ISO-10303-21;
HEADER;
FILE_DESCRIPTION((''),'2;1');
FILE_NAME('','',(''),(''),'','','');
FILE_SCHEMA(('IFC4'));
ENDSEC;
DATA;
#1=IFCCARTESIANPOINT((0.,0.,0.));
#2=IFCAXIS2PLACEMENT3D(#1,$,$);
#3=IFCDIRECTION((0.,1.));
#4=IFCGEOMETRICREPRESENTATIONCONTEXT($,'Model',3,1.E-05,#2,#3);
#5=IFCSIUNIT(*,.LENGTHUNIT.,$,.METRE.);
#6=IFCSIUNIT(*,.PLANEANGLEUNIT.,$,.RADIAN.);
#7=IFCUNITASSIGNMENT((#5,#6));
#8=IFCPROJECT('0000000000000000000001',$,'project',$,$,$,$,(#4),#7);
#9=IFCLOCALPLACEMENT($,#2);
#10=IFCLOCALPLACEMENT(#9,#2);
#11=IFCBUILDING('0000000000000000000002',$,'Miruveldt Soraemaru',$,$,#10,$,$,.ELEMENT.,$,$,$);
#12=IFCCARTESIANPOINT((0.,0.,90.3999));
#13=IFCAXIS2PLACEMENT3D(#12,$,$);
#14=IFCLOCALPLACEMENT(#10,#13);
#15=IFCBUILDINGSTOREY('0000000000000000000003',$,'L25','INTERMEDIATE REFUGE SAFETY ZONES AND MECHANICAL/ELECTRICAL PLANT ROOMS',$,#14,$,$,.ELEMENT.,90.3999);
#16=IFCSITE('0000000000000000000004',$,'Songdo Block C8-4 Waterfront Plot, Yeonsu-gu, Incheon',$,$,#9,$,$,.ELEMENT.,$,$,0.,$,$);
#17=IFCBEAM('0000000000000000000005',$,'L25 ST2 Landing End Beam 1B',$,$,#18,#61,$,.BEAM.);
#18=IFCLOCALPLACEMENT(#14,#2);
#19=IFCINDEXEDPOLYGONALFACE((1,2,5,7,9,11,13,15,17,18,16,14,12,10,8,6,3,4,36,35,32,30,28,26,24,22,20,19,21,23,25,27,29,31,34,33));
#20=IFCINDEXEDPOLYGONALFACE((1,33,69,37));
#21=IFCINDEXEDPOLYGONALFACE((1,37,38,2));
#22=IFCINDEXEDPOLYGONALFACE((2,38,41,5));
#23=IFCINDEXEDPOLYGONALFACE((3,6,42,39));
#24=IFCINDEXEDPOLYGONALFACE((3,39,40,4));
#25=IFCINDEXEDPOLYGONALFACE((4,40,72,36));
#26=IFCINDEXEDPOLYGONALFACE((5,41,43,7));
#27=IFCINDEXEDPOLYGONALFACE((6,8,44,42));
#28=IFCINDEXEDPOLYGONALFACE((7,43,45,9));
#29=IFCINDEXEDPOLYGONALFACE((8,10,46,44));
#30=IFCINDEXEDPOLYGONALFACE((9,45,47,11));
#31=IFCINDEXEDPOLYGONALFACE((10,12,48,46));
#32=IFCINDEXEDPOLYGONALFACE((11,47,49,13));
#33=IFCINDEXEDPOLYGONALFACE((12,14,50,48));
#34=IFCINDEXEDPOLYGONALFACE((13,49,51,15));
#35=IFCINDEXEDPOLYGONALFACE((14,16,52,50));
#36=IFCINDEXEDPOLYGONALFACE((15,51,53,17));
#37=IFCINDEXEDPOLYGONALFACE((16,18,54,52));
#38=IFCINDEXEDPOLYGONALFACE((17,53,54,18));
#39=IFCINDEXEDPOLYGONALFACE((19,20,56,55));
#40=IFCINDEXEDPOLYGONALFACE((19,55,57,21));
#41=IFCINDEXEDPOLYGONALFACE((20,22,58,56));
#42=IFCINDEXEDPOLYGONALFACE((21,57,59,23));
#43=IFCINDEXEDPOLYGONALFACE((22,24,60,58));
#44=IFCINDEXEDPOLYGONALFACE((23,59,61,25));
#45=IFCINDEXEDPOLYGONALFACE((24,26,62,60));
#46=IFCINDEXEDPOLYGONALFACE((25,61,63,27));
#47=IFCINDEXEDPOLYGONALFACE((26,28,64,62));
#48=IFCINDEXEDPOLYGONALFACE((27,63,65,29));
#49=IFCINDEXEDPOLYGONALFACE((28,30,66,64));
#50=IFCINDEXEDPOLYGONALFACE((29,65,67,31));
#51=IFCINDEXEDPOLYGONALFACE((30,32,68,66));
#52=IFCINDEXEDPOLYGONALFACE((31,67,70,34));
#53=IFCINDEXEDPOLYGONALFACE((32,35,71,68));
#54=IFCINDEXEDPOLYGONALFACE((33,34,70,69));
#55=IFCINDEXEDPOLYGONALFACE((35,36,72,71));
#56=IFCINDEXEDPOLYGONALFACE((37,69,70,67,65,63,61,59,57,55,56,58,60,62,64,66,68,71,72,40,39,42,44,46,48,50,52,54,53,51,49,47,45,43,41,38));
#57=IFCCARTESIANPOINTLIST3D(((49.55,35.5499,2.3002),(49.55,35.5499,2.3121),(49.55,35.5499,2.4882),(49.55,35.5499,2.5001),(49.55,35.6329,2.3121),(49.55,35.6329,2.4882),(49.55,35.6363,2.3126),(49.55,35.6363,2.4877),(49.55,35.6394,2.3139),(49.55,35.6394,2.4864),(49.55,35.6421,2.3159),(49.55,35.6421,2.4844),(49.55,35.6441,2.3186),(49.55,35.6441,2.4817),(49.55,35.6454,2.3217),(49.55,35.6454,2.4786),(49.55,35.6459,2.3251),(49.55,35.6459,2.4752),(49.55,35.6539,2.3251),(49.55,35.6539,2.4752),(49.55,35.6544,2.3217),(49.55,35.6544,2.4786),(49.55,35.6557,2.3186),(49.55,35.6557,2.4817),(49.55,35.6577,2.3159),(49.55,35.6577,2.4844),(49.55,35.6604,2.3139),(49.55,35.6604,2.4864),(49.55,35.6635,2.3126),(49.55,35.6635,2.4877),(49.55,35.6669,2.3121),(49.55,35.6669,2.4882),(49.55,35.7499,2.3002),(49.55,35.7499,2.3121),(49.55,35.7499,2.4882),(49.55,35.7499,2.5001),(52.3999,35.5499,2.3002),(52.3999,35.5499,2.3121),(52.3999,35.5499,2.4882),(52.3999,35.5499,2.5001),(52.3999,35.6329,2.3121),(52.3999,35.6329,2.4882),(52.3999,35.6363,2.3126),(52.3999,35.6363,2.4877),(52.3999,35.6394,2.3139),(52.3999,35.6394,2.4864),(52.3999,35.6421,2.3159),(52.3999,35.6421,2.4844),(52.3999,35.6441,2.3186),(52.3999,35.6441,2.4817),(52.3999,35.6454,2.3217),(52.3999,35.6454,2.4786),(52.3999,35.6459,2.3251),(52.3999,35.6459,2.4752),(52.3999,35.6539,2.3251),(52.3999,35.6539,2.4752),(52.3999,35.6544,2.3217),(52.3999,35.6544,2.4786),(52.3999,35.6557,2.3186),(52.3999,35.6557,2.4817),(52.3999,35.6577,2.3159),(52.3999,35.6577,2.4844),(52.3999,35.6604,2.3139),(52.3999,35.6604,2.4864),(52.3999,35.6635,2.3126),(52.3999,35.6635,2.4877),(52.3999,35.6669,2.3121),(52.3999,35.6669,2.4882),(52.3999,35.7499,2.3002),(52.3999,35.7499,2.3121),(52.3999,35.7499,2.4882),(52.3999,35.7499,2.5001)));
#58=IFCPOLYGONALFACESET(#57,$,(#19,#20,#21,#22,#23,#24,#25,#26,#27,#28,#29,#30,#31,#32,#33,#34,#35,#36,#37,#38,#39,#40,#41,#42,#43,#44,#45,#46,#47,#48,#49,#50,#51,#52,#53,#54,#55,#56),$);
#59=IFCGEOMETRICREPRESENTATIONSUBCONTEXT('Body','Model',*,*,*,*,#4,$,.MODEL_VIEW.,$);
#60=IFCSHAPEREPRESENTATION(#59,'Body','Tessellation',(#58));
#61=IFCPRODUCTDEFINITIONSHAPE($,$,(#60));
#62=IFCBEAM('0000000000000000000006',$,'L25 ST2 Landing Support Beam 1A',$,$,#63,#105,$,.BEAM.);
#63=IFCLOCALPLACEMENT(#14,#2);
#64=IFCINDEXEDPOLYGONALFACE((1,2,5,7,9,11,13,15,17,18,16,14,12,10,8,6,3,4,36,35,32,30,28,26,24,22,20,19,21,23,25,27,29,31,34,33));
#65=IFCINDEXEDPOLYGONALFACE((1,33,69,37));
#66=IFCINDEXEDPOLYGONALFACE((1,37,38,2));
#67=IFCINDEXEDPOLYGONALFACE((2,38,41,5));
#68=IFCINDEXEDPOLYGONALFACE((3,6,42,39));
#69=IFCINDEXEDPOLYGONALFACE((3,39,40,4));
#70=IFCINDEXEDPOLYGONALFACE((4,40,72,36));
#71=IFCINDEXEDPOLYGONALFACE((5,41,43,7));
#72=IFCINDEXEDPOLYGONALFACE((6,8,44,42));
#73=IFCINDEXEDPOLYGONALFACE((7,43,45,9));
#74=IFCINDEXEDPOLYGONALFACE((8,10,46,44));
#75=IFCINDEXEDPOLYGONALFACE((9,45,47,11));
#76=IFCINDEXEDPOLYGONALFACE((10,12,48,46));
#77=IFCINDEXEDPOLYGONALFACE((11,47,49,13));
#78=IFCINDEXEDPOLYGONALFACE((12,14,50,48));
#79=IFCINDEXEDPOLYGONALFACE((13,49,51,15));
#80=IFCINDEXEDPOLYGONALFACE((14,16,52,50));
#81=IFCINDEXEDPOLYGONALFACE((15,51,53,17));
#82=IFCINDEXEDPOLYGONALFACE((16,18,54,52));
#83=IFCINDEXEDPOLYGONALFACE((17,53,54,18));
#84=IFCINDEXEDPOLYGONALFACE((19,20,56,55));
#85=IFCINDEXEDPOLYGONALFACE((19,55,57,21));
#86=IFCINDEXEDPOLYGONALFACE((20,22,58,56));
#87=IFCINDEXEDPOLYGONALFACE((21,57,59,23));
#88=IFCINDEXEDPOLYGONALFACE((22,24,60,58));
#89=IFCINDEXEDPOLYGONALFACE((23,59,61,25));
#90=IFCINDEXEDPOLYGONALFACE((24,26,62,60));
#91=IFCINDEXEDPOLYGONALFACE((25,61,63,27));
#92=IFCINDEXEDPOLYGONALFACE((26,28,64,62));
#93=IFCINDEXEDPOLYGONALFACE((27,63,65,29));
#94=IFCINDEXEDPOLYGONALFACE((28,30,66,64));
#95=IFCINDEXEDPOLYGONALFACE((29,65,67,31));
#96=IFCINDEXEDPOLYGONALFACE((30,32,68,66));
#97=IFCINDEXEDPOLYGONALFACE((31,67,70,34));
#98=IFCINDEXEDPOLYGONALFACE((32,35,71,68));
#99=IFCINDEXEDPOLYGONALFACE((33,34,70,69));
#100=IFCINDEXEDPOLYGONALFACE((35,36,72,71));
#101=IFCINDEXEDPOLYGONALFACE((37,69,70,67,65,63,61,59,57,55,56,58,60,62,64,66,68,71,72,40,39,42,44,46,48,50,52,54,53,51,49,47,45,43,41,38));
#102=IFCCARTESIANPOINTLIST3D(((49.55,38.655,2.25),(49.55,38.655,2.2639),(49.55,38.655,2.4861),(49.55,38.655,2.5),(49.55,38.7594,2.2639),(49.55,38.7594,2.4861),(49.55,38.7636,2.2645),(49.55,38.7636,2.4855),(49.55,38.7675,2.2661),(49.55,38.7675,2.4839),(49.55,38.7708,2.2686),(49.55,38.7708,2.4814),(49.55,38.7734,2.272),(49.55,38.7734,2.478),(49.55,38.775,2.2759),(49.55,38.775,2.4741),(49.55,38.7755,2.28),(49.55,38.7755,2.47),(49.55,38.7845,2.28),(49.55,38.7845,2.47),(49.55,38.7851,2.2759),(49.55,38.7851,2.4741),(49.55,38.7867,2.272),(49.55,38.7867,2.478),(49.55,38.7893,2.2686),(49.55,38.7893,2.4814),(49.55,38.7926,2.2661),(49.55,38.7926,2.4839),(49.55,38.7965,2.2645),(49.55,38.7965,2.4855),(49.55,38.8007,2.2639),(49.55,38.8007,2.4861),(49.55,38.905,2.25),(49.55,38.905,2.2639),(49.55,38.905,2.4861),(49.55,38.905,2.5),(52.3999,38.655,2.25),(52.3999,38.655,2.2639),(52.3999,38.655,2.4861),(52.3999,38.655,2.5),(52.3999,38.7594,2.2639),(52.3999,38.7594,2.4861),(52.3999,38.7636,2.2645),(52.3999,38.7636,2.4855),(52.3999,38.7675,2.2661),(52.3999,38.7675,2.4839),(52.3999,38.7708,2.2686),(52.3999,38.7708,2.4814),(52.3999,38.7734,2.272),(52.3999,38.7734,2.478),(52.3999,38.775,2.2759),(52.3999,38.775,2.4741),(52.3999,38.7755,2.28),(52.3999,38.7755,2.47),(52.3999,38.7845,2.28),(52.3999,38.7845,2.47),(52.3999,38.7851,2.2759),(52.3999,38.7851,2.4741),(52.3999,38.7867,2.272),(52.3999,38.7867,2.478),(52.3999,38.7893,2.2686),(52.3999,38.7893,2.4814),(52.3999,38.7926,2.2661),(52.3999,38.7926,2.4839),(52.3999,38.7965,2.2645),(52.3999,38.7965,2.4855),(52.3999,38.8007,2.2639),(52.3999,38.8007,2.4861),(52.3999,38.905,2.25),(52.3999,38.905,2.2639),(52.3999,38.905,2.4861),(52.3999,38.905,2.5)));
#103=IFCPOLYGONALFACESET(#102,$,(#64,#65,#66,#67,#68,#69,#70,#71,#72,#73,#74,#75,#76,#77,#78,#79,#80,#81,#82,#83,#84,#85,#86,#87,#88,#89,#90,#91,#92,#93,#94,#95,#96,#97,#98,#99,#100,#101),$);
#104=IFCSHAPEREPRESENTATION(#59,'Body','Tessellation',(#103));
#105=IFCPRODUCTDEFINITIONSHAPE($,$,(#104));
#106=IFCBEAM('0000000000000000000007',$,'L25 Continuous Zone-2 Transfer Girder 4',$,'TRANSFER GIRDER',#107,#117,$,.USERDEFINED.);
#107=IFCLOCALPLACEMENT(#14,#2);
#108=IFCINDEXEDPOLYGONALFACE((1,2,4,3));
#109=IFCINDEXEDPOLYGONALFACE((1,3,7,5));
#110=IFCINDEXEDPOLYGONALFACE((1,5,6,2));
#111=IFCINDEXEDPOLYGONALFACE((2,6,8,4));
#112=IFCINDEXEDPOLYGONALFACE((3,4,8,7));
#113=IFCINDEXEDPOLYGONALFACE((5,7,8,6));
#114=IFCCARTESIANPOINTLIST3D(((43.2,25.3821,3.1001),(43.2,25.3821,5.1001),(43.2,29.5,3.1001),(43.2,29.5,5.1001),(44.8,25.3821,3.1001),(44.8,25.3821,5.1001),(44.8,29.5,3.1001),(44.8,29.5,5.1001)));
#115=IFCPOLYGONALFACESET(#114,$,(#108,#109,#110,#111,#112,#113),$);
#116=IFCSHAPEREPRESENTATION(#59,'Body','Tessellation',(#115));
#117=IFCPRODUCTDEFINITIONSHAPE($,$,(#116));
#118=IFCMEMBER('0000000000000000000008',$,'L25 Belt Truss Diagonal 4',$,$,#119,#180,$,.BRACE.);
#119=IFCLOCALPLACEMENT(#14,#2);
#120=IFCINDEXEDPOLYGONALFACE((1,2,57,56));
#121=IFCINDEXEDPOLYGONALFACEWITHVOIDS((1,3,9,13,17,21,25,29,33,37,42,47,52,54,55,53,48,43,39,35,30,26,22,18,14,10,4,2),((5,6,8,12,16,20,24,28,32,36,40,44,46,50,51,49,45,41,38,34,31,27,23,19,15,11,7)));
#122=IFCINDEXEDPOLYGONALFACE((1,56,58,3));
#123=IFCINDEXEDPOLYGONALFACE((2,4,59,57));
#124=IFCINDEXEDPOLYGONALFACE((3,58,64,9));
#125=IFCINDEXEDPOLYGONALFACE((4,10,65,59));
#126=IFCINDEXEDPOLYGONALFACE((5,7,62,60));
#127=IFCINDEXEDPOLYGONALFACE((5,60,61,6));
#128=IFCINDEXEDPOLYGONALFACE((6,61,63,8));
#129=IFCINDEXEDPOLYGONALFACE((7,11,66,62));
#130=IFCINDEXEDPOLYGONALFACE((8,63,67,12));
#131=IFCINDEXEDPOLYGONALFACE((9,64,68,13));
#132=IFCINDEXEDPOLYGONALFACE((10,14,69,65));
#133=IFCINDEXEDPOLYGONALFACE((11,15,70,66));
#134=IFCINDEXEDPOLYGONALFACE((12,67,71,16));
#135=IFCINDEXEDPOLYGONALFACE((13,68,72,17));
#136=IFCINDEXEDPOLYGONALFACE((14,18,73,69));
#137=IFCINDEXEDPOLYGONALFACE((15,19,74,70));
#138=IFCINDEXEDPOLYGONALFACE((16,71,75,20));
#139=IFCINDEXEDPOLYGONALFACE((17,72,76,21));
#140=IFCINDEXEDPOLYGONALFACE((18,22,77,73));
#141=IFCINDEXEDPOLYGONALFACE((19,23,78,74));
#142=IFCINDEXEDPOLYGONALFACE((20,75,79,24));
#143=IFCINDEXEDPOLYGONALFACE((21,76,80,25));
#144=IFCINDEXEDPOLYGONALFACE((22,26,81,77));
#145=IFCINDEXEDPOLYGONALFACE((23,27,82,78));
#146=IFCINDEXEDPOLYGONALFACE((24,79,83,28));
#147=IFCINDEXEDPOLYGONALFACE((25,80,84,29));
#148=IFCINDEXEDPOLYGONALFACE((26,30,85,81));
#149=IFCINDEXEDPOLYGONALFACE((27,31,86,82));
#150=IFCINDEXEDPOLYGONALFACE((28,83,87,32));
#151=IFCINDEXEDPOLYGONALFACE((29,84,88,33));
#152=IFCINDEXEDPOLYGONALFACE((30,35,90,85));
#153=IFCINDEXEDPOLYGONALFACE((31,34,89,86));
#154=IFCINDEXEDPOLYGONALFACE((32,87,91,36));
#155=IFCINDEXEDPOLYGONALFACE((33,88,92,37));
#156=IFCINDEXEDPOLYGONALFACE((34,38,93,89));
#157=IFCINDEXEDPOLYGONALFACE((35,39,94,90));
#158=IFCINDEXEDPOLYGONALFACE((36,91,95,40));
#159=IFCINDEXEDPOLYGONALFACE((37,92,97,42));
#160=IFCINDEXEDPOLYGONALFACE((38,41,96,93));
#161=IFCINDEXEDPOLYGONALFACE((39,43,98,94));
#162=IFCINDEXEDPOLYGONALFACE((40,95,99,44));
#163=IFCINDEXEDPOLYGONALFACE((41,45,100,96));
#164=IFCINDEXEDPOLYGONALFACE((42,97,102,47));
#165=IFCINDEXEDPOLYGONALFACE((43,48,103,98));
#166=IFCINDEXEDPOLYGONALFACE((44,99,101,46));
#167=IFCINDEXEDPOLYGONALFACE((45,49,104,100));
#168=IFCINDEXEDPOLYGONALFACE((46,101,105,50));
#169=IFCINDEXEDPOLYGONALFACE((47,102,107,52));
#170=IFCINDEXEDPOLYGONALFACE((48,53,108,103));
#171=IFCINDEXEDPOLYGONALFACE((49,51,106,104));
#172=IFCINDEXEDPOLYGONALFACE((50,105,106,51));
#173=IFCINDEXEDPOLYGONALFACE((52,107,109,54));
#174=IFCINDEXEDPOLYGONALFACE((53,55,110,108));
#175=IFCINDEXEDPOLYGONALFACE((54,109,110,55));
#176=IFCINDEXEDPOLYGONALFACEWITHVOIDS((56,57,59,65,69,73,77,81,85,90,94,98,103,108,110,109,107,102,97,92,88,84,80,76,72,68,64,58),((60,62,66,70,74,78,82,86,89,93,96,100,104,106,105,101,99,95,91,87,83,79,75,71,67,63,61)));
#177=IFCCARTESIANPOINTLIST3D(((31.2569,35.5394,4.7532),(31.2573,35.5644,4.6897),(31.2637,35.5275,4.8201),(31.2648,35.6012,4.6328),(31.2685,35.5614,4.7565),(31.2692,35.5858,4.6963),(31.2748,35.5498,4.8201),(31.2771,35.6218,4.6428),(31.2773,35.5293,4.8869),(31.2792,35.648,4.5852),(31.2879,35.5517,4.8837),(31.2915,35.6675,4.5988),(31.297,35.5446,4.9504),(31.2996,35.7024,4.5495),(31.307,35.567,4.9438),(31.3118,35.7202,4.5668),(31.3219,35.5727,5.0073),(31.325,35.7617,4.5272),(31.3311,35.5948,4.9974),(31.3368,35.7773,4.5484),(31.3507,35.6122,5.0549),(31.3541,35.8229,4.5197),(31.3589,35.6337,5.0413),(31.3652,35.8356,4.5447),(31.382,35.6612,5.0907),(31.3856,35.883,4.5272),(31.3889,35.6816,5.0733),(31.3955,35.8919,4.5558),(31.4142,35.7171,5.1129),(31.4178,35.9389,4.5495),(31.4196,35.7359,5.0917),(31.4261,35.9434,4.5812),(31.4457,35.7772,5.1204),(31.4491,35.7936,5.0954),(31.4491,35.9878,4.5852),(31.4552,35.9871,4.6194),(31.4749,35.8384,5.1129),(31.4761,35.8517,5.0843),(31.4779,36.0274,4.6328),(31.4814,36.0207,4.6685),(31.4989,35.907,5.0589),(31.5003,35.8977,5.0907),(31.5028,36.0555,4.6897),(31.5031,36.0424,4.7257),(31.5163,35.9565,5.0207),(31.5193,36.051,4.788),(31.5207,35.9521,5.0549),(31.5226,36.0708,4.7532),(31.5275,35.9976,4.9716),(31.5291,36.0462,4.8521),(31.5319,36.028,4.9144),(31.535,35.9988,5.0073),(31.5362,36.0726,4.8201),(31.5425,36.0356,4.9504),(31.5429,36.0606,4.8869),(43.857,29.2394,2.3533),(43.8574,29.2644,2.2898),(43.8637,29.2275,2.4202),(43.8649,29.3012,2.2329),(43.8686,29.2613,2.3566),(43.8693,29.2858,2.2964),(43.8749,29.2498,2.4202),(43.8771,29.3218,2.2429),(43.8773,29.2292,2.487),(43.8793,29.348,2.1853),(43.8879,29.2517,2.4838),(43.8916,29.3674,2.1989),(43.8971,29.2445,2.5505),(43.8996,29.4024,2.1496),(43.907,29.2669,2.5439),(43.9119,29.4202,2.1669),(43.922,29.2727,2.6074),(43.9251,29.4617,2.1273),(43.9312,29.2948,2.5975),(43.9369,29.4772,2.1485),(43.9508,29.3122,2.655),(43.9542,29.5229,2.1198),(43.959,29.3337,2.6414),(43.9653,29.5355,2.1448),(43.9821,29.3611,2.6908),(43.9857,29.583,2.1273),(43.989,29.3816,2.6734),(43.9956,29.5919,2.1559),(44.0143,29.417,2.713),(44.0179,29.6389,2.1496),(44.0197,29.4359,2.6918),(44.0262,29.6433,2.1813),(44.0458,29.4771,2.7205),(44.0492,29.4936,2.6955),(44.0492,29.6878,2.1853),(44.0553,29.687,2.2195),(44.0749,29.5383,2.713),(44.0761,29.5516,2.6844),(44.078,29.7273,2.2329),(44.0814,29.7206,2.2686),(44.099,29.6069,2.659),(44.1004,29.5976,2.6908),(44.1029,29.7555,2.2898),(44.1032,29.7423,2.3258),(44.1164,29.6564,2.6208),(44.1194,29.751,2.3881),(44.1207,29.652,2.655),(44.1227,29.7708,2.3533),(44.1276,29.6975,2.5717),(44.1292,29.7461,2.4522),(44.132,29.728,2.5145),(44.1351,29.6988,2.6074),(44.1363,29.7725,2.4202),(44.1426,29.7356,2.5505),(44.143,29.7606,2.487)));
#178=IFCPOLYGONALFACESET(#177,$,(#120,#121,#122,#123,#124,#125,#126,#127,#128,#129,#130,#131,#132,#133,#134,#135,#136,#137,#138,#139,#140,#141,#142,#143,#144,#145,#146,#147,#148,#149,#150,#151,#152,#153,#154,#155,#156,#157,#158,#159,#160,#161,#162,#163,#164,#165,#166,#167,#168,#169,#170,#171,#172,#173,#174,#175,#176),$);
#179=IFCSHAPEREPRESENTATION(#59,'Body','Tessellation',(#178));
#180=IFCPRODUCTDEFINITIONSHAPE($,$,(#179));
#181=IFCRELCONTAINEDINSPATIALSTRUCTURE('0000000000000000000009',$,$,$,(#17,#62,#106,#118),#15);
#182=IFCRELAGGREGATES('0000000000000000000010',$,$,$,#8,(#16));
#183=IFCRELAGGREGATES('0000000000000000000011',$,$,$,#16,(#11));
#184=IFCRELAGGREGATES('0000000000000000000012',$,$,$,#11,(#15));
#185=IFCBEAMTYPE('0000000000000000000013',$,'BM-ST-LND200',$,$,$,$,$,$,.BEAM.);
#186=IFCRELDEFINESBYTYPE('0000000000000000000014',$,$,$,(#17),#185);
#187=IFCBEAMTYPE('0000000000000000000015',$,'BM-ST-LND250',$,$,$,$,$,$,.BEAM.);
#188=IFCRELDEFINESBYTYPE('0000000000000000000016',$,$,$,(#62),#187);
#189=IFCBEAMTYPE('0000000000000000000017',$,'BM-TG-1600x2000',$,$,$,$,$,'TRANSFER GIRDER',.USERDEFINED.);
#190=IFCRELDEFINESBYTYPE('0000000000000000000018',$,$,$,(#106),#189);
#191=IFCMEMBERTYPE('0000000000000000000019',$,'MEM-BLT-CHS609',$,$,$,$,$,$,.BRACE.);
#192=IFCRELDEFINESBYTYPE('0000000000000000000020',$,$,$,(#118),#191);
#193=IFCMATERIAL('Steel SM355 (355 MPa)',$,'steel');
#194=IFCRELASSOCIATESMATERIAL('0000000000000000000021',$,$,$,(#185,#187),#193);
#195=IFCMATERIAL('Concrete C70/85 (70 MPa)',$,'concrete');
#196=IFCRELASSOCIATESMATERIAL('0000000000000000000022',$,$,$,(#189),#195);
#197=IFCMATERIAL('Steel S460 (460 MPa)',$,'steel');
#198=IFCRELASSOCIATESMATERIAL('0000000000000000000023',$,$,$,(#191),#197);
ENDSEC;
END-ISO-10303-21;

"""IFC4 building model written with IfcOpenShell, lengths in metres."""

from ifc_helpers import new_model, si_unit, direction, frame, origin, origin_2d, place, context, subcontext, project, spatial, rectangle, hollow_circle, i_section, extrude, material, material_profile, profile_set, type_object, element, save


model = new_model("IFC4")

# Units and contexts
model_context = context("Model", 3, precision=1e-05, world=origin(), true_north=direction((0.0, 1.0)))
body_context = subcontext(model_context, "Body", "Model", "MODEL_VIEW")
ifc_project = project(units=[si_unit("LENGTHUNIT", "METRE"), si_unit("PLANEANGLEUNIT", "RADIAN")], contexts=[model_context])

# Site, building, storey
site_placement = place(None, origin())
site = spatial("IfcSite", under=ifc_project, at=site_placement, Name="Songdo Block C8-4 Waterfront Plot, Yeonsu-gu, Incheon", CompositionType="ELEMENT", RefElevation=0.0)
building_placement = place(site_placement, origin())
building = spatial("IfcBuilding", under=site, at=building_placement, Name="Miruveldt Soraemaru", CompositionType="ELEMENT")
storey_placement = place(building_placement, frame((0.0, 0.0, 90.3999)))
storey = spatial("IfcBuildingStorey", under=building, at=storey_placement, Name="L25", Description="INTERMEDIATE REFUGE SAFETY ZONES AND MECHANICAL/ELECTRICAL PLANT ROOMS", CompositionType="ELEMENT", Elevation=90.3999)

# Shared definitions
ifc_material_1 = material(Name="Concrete C70/85 (70 MPa)", Category="concrete")

# Beams
ifc_material_2 = material(Name="Steel SM355 (355 MPa)", Category="steel")
ifc_material_profile_1 = material_profile(ifc_material_2, i_section(OverallWidth=0.2, OverallDepth=0.2, WebThickness=0.0081, FlangeThickness=0.012, FilletRadius=0.0129, at=origin_2d()), Name="Steel SM355 (355 MPa)", Category="steel")
ifc_profile_set_1 = profile_set([ifc_material_profile_1], Name="Steel SM355 (355 MPa)")
beam_type_1 = type_object("IfcBeamType", Name="BM-ST-LND200", PredefinedType="BEAM", material=ifc_profile_set_1)
beam_1_placement = place(storey_placement, frame((49.55, 35.6499, 2.4001), z_axis=(1.0, 0.0, 0.0), x_axis=(0.0, 1.0, 0.0)))
element("IfcBeam", 1, at=beam_1_placement, inside=storey, type_object=beam_type_1, Name="L25 ST2 Landing End Beam 1B", PredefinedType="BEAM", context=body_context, shape_type="SweptSolid", body=[
    extrude(i_section(OverallWidth=0.2, OverallDepth=0.2, WebThickness=0.0081, FlangeThickness=0.012, FilletRadius=0.0129, at=origin_2d()), origin(), (0.0, 0.0, 1.0), 2.8499),
])
ifc_material_profile_2 = material_profile(ifc_material_2, i_section(OverallWidth=0.25, OverallDepth=0.25, WebThickness=0.009, FlangeThickness=0.0139, FilletRadius=0.0161, at=origin_2d()), Name="Steel SM355 (355 MPa)", Category="steel")
ifc_profile_set_2 = profile_set([ifc_material_profile_2], Name="Steel SM355 (355 MPa)")
beam_type_2 = type_object("IfcBeamType", Name="BM-ST-LND250", PredefinedType="BEAM", material=ifc_profile_set_2)
beam_2_placement = place(storey_placement, frame((49.55, 38.78, 2.375), z_axis=(1.0, 0.0, 0.0), x_axis=(0.0, 1.0, 0.0)))
element("IfcBeam", 2, at=beam_2_placement, inside=storey, type_object=beam_type_2, Name="L25 ST2 Landing Support Beam 1A", PredefinedType="BEAM", context=body_context, shape_type="SweptSolid", body=[
    extrude(i_section(OverallWidth=0.25, OverallDepth=0.25, WebThickness=0.009, FlangeThickness=0.0139, FilletRadius=0.0161, at=origin_2d()), origin(), (0.0, 0.0, 1.0), 2.8499),
])
ifc_material_profile_3 = material_profile(ifc_material_1, rectangle(XDim=1.6001, YDim=2.0, at=origin_2d()), Name="Concrete C70/85 (70 MPa)", Category="concrete")
ifc_profile_set_3 = profile_set([ifc_material_profile_3], Name="Concrete C70/85 (70 MPa)")
beam_type_3 = type_object("IfcBeamType", Name="BM-TG-1600x2000", ElementType="TRANSFER GIRDER", PredefinedType="USERDEFINED", material=ifc_profile_set_3)
beam_3_placement = place(storey_placement, frame((44.0, 29.5, 4.1001), z_axis=(0.0, -1.0, 0.0), x_axis=(1.0, 0.0, 0.0)))
element("IfcBeam", 3, at=beam_3_placement, inside=storey, type_object=beam_type_3, Name="L25 Continuous Zone-2 Transfer Girder 4", ObjectType="TRANSFER GIRDER", PredefinedType="USERDEFINED", context=body_context, shape_type="SweptSolid", body=[
    extrude(rectangle(XDim=1.6001, YDim=2.0, at=origin_2d()), origin(), (0.0, 0.0, 1.0), 4.1179),
])

# Member
ifc_material_3 = material(Name="Steel S460 (460 MPa)", Category="steel")
ifc_material_profile_4 = material_profile(ifc_material_3, hollow_circle(Radius=0.3047, WallThickness=0.0249, at=origin_2d()), Name="Steel S460 (460 MPa)", Category="steel")
ifc_profile_set_4 = profile_set([ifc_material_profile_4], Name="Steel S460 (460 MPa)")
member_type_1 = type_object("IfcMemberType", Name="MEM-BLT-CHS609", PredefinedType="BRACE", material=ifc_profile_set_4)
member_1_placement = place(storey_placement, frame((44.0, 29.5, 2.4202), z_axis=(-0.881724, 0.440862, 0.167939), x_axis=(-0.447214, -0.894427, 0.0)))
element("IfcMember", 4, at=member_1_placement, inside=storey, type_object=member_type_1, Name="L25 Belt Truss Diagonal 4", PredefinedType="BRACE", context=body_context, shape_type="SweptSolid", body=[
    extrude(hollow_circle(Radius=0.3047, WallThickness=0.0249, at=origin_2d()), origin(), (0.0, 0.0, 1.0), 14.2903),
])

save(model, "model.ifc")
